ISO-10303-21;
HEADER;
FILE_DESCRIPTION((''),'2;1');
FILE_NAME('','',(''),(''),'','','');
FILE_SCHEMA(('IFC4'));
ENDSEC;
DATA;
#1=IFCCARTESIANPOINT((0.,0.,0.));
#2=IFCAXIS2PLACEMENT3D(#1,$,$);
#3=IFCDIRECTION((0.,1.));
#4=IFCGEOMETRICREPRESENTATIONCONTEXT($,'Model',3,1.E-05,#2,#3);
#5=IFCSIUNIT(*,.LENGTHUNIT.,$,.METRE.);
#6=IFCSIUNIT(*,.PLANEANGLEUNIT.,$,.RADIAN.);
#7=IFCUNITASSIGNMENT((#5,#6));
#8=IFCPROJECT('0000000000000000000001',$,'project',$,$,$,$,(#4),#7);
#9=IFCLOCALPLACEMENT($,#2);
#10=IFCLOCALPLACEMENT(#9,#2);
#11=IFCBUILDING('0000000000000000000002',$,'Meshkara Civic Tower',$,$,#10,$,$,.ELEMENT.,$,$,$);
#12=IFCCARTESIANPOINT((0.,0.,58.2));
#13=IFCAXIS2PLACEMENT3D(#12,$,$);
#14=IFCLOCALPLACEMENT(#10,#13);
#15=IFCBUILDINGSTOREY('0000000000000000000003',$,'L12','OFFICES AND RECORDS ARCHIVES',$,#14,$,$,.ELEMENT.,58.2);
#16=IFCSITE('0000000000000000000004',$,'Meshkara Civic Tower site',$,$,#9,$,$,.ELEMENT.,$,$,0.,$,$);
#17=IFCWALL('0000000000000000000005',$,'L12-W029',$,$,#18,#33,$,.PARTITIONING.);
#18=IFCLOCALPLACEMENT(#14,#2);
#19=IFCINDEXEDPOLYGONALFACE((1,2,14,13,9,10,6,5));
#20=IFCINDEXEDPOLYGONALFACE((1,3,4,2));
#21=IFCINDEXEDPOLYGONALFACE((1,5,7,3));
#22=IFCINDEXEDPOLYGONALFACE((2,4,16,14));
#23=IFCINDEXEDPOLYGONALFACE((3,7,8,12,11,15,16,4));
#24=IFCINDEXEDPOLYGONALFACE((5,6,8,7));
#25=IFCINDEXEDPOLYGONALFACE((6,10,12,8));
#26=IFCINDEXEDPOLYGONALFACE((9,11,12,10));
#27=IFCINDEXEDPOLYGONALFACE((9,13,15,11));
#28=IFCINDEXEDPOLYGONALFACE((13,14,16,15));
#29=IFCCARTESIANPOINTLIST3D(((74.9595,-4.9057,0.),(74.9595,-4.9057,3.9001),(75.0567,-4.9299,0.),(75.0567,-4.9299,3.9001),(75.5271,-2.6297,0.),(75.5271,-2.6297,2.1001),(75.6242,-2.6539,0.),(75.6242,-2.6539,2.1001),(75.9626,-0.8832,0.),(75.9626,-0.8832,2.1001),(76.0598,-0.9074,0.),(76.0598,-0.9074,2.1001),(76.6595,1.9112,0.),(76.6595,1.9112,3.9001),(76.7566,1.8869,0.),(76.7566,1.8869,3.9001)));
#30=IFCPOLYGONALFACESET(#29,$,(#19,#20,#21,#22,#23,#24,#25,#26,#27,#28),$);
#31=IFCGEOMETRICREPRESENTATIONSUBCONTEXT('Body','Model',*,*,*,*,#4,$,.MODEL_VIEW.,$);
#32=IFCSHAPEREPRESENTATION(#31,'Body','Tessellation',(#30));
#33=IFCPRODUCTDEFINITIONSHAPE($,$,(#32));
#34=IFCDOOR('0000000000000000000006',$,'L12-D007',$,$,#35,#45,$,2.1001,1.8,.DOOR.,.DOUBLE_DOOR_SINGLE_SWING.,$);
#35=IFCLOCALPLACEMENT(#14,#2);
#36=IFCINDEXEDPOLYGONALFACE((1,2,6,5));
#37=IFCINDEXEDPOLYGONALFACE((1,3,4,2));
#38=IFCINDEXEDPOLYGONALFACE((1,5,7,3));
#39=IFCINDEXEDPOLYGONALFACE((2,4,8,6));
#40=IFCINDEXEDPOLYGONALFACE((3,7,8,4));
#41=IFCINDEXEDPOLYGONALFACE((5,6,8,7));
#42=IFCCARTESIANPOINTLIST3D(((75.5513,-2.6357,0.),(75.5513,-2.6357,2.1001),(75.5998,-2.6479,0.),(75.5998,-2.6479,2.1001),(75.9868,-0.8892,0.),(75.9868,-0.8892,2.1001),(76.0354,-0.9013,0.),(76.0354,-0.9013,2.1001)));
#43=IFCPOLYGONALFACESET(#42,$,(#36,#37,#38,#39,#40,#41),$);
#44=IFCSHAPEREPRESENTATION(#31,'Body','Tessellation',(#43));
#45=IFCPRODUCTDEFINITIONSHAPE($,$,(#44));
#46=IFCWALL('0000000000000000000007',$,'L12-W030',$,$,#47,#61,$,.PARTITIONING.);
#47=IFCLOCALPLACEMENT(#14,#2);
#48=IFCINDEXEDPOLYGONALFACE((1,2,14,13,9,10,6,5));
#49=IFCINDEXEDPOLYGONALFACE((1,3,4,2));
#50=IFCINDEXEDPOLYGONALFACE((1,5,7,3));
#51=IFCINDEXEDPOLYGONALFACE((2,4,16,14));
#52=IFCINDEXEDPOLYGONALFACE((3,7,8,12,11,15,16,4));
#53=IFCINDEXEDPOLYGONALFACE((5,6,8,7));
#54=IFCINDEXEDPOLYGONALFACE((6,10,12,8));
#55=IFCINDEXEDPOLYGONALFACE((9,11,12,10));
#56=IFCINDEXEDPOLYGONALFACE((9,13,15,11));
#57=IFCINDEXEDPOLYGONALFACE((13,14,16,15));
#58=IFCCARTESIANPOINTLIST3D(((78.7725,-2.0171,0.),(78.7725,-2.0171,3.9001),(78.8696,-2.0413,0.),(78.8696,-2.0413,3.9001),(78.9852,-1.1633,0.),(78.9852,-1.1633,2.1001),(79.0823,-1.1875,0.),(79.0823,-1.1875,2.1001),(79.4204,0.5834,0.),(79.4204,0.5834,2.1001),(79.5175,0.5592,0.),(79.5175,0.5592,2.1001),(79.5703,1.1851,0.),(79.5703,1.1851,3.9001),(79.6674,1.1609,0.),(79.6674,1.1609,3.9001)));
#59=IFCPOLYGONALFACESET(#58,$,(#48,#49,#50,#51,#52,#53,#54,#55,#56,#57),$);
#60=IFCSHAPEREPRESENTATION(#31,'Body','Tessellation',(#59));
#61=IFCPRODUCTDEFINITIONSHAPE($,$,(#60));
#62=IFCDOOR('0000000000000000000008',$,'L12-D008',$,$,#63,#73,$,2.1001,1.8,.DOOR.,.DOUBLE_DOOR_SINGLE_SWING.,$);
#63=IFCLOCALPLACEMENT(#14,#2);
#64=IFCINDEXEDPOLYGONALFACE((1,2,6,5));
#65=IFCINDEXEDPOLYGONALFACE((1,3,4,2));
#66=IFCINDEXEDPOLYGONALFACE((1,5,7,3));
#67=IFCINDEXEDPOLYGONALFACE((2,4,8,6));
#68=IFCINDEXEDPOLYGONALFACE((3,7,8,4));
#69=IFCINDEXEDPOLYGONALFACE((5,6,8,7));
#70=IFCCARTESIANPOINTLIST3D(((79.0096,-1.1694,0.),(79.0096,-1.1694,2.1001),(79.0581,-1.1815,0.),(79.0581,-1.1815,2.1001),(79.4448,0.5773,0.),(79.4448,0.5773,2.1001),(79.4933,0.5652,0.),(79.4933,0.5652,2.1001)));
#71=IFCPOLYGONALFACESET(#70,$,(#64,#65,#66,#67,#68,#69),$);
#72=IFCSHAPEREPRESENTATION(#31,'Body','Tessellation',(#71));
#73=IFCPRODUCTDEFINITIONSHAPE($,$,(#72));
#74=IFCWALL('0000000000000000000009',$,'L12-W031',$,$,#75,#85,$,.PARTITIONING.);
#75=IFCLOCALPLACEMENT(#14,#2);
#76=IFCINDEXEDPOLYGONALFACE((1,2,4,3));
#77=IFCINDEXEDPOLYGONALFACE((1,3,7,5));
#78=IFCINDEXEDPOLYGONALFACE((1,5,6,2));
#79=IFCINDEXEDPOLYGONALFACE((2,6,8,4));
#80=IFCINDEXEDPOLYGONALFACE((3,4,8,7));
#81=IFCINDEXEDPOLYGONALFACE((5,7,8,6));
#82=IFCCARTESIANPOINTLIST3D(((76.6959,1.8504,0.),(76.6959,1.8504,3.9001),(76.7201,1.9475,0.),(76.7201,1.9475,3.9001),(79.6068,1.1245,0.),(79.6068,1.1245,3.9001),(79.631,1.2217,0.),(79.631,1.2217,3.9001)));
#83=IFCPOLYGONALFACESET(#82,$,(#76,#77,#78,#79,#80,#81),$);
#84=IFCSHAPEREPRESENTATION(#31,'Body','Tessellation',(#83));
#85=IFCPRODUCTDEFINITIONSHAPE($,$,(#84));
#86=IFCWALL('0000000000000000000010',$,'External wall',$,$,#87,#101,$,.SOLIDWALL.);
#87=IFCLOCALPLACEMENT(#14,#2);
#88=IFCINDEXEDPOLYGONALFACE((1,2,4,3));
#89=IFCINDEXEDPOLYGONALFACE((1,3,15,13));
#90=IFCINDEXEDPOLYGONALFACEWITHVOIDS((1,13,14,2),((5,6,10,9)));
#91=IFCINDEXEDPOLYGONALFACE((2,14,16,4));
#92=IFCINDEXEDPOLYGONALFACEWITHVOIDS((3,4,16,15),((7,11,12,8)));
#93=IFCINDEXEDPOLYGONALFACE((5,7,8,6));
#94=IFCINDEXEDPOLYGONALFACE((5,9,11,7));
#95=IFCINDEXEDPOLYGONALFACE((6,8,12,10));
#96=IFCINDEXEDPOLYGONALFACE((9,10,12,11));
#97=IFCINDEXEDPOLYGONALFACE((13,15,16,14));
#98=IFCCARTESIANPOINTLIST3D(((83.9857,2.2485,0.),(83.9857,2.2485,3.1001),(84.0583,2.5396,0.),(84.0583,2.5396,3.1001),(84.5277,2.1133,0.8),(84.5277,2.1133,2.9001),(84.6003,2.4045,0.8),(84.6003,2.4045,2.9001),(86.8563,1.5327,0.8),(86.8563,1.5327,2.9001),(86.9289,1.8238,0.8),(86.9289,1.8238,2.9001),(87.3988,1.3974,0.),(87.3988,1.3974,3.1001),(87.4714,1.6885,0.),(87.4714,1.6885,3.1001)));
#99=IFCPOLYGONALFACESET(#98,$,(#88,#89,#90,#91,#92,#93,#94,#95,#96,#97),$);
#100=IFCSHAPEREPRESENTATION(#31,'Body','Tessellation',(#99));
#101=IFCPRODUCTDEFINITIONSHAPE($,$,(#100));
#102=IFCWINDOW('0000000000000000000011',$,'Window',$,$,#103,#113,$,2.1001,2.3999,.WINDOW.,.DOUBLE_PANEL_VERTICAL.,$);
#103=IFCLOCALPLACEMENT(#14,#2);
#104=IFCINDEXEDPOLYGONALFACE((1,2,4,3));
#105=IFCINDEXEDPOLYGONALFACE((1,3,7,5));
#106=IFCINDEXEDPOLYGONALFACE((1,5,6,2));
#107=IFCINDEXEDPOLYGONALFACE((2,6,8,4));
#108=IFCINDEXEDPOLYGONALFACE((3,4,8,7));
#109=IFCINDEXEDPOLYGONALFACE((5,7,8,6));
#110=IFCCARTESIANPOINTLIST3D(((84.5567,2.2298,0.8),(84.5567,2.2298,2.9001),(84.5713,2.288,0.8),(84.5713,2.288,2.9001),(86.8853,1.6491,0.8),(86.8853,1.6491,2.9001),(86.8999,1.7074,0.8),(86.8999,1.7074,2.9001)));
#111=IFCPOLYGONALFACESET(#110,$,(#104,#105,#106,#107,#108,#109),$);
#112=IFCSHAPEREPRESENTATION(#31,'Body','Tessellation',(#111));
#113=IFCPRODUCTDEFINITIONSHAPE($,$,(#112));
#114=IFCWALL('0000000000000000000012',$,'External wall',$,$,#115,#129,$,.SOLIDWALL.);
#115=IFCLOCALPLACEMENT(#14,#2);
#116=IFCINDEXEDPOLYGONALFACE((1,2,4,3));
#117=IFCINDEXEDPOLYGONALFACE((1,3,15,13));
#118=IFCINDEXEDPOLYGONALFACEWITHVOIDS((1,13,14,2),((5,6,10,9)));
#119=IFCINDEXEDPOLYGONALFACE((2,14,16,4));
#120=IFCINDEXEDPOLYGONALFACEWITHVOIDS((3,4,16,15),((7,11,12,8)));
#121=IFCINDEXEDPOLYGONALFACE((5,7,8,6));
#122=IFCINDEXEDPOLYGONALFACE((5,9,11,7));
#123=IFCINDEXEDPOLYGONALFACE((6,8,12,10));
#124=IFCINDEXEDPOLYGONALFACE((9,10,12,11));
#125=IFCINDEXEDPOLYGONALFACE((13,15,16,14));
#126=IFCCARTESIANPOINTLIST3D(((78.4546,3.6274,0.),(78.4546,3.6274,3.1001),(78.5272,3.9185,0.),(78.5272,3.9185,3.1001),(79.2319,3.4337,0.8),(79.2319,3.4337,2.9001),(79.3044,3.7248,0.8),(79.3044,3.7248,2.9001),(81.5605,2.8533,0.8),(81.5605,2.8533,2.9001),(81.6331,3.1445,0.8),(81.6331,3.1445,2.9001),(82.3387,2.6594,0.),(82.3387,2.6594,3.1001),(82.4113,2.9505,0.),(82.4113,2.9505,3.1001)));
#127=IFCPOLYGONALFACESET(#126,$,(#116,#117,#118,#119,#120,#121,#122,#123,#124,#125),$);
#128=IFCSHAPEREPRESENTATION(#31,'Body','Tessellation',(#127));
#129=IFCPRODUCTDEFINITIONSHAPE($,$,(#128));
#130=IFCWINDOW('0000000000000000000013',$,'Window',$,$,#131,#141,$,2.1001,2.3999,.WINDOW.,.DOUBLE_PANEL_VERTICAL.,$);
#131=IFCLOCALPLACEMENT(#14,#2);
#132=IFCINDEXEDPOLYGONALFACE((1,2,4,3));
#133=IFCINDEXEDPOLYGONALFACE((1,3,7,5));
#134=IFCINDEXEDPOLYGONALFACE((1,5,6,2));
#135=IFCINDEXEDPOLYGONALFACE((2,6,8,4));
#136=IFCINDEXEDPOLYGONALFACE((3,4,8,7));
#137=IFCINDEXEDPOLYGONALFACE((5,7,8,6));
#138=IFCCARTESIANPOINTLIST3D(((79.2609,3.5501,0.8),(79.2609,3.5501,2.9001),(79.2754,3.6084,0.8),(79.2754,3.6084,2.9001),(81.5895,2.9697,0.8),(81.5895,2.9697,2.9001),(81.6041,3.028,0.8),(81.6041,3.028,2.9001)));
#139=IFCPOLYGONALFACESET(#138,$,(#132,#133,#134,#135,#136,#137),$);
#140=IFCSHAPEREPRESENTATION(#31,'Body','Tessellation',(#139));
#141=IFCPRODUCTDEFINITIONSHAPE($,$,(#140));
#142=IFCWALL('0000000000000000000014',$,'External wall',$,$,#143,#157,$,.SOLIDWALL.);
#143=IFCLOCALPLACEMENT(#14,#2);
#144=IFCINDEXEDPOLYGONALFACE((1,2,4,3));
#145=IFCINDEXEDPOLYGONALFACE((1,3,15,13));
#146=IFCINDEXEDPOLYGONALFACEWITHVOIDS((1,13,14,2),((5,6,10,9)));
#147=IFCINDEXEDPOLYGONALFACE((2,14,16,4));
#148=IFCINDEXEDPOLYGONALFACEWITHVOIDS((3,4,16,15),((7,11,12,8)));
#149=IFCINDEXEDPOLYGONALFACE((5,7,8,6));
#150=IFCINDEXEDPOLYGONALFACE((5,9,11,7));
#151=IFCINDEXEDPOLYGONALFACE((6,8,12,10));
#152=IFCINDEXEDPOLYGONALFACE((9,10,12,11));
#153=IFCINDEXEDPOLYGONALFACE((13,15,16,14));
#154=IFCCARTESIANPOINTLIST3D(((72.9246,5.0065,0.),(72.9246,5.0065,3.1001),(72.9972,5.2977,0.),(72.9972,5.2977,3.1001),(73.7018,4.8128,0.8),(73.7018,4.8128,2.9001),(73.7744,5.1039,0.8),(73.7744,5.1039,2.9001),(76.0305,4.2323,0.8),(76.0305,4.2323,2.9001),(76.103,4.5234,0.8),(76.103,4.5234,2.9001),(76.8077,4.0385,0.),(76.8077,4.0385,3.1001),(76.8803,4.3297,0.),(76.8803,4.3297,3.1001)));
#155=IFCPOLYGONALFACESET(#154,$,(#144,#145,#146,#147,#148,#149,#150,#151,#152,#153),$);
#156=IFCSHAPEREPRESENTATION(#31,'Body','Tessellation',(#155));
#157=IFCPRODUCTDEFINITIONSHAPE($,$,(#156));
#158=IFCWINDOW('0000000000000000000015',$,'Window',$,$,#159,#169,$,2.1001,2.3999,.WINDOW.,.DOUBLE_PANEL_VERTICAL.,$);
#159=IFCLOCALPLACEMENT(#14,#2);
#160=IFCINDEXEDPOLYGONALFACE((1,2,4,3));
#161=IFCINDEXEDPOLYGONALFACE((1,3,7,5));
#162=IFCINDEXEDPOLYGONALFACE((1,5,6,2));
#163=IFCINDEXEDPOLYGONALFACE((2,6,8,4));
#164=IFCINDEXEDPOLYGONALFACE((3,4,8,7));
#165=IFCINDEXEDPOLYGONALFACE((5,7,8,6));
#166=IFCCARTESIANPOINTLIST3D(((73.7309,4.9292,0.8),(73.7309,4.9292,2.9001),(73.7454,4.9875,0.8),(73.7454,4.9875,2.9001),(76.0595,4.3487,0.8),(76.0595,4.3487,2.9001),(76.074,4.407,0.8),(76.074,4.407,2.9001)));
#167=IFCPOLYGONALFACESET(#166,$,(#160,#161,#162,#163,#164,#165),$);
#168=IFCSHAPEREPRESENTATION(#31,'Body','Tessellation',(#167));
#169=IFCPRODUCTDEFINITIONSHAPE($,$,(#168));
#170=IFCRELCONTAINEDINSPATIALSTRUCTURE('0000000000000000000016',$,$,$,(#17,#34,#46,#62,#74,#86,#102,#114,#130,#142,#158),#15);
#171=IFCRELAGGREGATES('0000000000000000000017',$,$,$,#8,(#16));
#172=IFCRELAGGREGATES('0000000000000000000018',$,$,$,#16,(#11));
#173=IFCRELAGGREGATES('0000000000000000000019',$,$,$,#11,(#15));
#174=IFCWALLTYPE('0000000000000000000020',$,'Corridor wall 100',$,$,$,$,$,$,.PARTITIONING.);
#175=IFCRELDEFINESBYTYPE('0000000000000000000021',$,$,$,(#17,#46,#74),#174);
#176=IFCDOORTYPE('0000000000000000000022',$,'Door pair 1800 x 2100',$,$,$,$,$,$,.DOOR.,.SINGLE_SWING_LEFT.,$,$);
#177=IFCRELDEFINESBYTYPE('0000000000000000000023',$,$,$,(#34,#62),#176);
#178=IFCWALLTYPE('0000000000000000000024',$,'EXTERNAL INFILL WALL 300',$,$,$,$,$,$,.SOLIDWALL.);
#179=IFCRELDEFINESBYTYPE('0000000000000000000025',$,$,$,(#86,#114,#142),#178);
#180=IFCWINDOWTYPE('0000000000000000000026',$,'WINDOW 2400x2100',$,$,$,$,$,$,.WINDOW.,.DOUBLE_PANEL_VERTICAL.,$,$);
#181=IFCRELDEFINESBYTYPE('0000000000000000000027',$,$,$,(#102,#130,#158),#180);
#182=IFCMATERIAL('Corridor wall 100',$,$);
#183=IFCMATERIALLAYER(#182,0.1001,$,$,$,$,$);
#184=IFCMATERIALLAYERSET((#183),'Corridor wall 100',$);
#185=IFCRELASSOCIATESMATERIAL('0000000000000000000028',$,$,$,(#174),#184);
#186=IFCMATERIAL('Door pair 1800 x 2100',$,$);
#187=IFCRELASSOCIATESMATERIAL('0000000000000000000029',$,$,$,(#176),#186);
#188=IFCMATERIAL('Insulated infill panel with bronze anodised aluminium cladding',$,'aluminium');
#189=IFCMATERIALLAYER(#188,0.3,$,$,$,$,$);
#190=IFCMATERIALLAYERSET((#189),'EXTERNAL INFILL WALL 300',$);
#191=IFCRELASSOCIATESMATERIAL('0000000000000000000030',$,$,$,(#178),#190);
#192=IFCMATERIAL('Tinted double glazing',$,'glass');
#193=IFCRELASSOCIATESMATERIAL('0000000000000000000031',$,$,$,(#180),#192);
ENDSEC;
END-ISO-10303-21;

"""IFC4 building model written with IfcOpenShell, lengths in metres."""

from ifc_helpers import new_model, si_unit, direction, frame, frame_2d, origin, place, context, subcontext, project, spatial, rectangle, extrude, material, layer, layer_set, type_object, element, fill, save


model = new_model("IFC4")

# Units and contexts
model_context = context("Model", 3, precision=1e-05, world=origin(), true_north=direction((0.0, 1.0)))
body_context = subcontext(model_context, "Body", "Model", "MODEL_VIEW")
ifc_project = project(units=[si_unit("LENGTHUNIT", "METRE"), si_unit("PLANEANGLEUNIT", "RADIAN")], contexts=[model_context])

# Site, building, storey
site_placement = place(None, origin())
site = spatial("IfcSite", under=ifc_project, at=site_placement, Name="Meshkara Civic Tower site", CompositionType="ELEMENT", RefElevation=0.0)
building_placement = place(site_placement, origin())
building = spatial("IfcBuilding", under=site, at=building_placement, Name="Meshkara Civic Tower", CompositionType="ELEMENT")
storey_placement = place(building_placement, frame((0.0, 0.0, 58.2)))
storey = spatial("IfcBuildingStorey", under=building, at=storey_placement, Name="L12", Description="OFFICES AND RECORDS ARCHIVES", CompositionType="ELEMENT", Elevation=58.2)

# Shared definitions
ifc_material_1 = material(Name="Corridor wall 100")
ifc_layer_1 = layer(ifc_material_1, 0.1001)
ifc_layer_set_1 = layer_set([ifc_layer_1], Name="Corridor wall 100")
wall_type_1 = type_object("IfcWallType", Name="Corridor wall 100", PredefinedType="PARTITIONING", material=ifc_layer_set_1)

# Walls, openings, doors
wall_1_placement = place(storey_placement, frame((76.708, 1.8989, 0.0), z_axis=(0.0, 0.0, 1.0), x_axis=(-0.241963, -0.970285, 0.0)))
wall_1 = element("IfcWall", 1, at=wall_1_placement, inside=storey, type_object=wall_type_1, Name="L12-W029", PredefinedType="PARTITIONING", context=body_context, shape_type="SweptSolid", body=[
    extrude(rectangle(XDim=7.0256, YDim=0.1001, at=frame_2d((3.5127, 0.0))), origin(), (0.0, 0.0, 1.0), 3.9001),
])
opening_1_placement = place(wall_1_placement, frame((2.8799, 0.0, 0.0)))
opening_1 = element("IfcOpeningElement", 2, at=opening_1_placement, cuts=wall_1, PredefinedType="OPENING", context=body_context, shape_type="SweptSolid", body=[
    extrude(rectangle(XDim=1.8, YDim=2.1001, at=frame_2d((0.8999, 1.05))), frame((0.0, 0.0601, 0.0), z_axis=(0.0, -1.0, 0.0), x_axis=(1.0, 0.0, 0.0)), (0.0, 0.0, 1.0), 0.1201),
])
ifc_material_2 = material(Name="Door pair 1800 x 2100")
door_type = type_object("IfcDoorType", Name="Door pair 1800 x 2100", OperationType="SINGLE_SWING_LEFT", PredefinedType="DOOR", material=ifc_material_2)
door_1_placement = place(opening_1_placement, origin())
door_1 = element("IfcDoor", 3, at=door_1_placement, inside=storey, type_object=door_type, Name="L12-D007", OperationType="DOUBLE_DOOR_SINGLE_SWING", OverallHeight=2.1001, OverallWidth=1.8, PredefinedType="DOOR", context=body_context, shape_type="SweptSolid", body=[
    extrude(rectangle(XDim=1.8, YDim=2.1001, at=frame_2d((0.8999, 1.05))), frame((0.0, 0.0249, 0.0), z_axis=(0.0, -1.0, 0.0), x_axis=(1.0, 0.0, 0.0)), (0.0, 0.0, 1.0), 0.05),
])
fill(opening_1, door_1)
wall_2_placement = place(storey_placement, frame((78.821, -2.0291, 0.0), z_axis=(0.0, 0.0, 1.0), x_axis=(0.24177, 0.970334, 0.0)))
wall_2 = element("IfcWall", 4, at=wall_2_placement, inside=storey, type_object=wall_type_1, Name="L12-W030", PredefinedType="PARTITIONING", context=body_context, shape_type="SweptSolid", body=[
    extrude(rectangle(XDim=3.3, YDim=0.1001, at=frame_2d((1.6499, 0.0))), origin(), (0.0, 0.0, 1.0), 3.9001),
])
opening_2_placement = place(wall_2_placement, frame((0.8799, 0.0, 0.0)))
opening_2 = element("IfcOpeningElement", 5, at=opening_2_placement, cuts=wall_2, PredefinedType="OPENING", context=body_context, shape_type="SweptSolid", body=[
    extrude(rectangle(XDim=1.8, YDim=2.1001, at=frame_2d((0.8999, 1.05))), frame((0.0, 0.0601, 0.0), z_axis=(0.0, -1.0, 0.0), x_axis=(1.0, 0.0, 0.0)), (0.0, 0.0, 1.0), 0.1201),
])
door_2_placement = place(opening_2_placement, origin())
door_2 = element("IfcDoor", 6, at=door_2_placement, inside=storey, type_object=door_type, Name="L12-D008", OperationType="DOUBLE_DOOR_SINGLE_SWING", OverallHeight=2.1001, OverallWidth=1.8, PredefinedType="DOOR", context=body_context, shape_type="SweptSolid", body=[
    extrude(rectangle(XDim=1.8, YDim=2.1001, at=frame_2d((0.8999, 1.05))), frame((0.0, 0.0249, 0.0), z_axis=(0.0, -1.0, 0.0), x_axis=(1.0, 0.0, 0.0)), (0.0, 0.0, 1.0), 0.05),
])
fill(opening_2, door_2)

# Wall
wall_3_placement = place(storey_placement, frame((79.6189, 1.1731, 0.0), z_axis=(0.0, 0.0, 1.0), x_axis=(-0.970291, 0.241942, 0.0)))
element("IfcWall", 7, at=wall_3_placement, inside=storey, type_object=wall_type_1, Name="L12-W031", PredefinedType="PARTITIONING", context=body_context, shape_type="SweptSolid", body=[
    extrude(rectangle(XDim=3.0, YDim=0.1001, at=frame_2d((1.5, 0.0))), origin(), (0.0, 0.0, 1.0), 3.9001),
])

# Walls, openings, windows
ifc_material_3 = material(Name="Insulated infill panel with bronze anodised aluminium cladding", Category="aluminium")
ifc_layer_2 = layer(ifc_material_3, 0.3)
ifc_layer_set_2 = layer_set([ifc_layer_2], Name="EXTERNAL INFILL WALL 300")
wall_type_2 = type_object("IfcWallType", Name="EXTERNAL INFILL WALL 300", PredefinedType="SOLIDWALL", material=ifc_layer_set_2)
wall_4_placement = place(storey_placement, frame((87.4351, 1.543, 0.0), z_axis=(0.0, 0.0, 1.0), x_axis=(-0.970289, 0.241948, 0.0)))
wall_4 = element("IfcWall", 8, at=wall_4_placement, inside=storey, type_object=wall_type_2, Name="External wall", PredefinedType="SOLIDWALL", context=body_context, shape_type="SweptSolid", body=[
    extrude(rectangle(XDim=3.5176, YDim=0.3, at=frame_2d((1.7588, 0.0))), origin(), (0.0, 0.0, 1.0), 3.1001),
])
opening_3_placement = place(wall_4_placement, frame((0.5591, 0.0, 0.8)))
opening_3 = element("IfcOpeningElement", 9, at=opening_3_placement, cuts=wall_4, PredefinedType="OPENING", context=body_context, shape_type="SweptSolid", body=[
    extrude(rectangle(XDim=2.3999, YDim=2.1001, at=frame_2d((1.2, 1.05))), frame((0.0, 0.1599, 0.0), z_axis=(0.0, -1.0, 0.0), x_axis=(1.0, 0.0, 0.0)), (0.0, 0.0, 1.0), 0.3201),
])
ifc_material_4 = material(Name="Tinted double glazing", Category="glass")
window_type_1 = type_object("IfcWindowType", Name="WINDOW 2400x2100", PartitioningType="DOUBLE_PANEL_VERTICAL", PredefinedType="WINDOW", material=ifc_material_4)
window_1_placement = place(opening_3_placement, origin())
window_1 = element("IfcWindow", 10, at=window_1_placement, inside=storey, type_object=window_type_1, Name="Window", OverallHeight=2.1001, OverallWidth=2.3999, PartitioningType="DOUBLE_PANEL_VERTICAL", PredefinedType="WINDOW", context=body_context, shape_type="SweptSolid", body=[
    extrude(rectangle(XDim=2.3999, YDim=2.1001, at=frame_2d((1.2, 1.05))), frame((0.0, 0.03, 0.0), z_axis=(0.0, -1.0, 0.0), x_axis=(1.0, 0.0, 0.0)), (0.0, 0.0, 1.0), 0.0601),
])
fill(opening_3, window_1)
wall_5_placement = place(storey_placement, frame((82.375, 2.8049, 0.0), z_axis=(0.0, 0.0, 1.0), x_axis=(-0.970318, 0.241832, 0.0)))
wall_5 = element("IfcWall", 11, at=wall_5_placement, inside=storey, type_object=wall_type_2, Name="External wall", PredefinedType="SOLIDWALL", context=body_context, shape_type="SweptSolid", body=[
    extrude(rectangle(XDim=4.0029, YDim=0.3, at=frame_2d((2.0015, 0.0))), origin(), (0.0, 0.0, 1.0), 3.1001),
])
opening_4_placement = place(wall_5_placement, frame((0.802, 0.0, 0.8)))
opening_4 = element("IfcOpeningElement", 12, at=opening_4_placement, cuts=wall_5, PredefinedType="OPENING", context=body_context, shape_type="SweptSolid", body=[
    extrude(rectangle(XDim=2.3999, YDim=2.1001, at=frame_2d((1.2, 1.05))), frame((0.0, 0.1599, 0.0), z_axis=(0.0, -1.0, 0.0), x_axis=(1.0, 0.0, 0.0)), (0.0, 0.0, 1.0), 0.3201),
])
window_2_placement = place(opening_4_placement, origin())
window_2 = element("IfcWindow", 13, at=window_2_placement, inside=storey, type_object=window_type_1, Name="Window", OverallHeight=2.1001, OverallWidth=2.3999, PartitioningType="DOUBLE_PANEL_VERTICAL", PredefinedType="WINDOW", context=body_context, shape_type="SweptSolid", body=[
    extrude(rectangle(XDim=2.3999, YDim=2.1001, at=frame_2d((1.2, 1.05))), frame((0.0, 0.03, 0.0), z_axis=(0.0, -1.0, 0.0), x_axis=(1.0, 0.0, 0.0)), (0.0, 0.0, 1.0), 0.0601),
])
fill(opening_4, window_2)
wall_6_placement = place(storey_placement, frame((76.844, 4.1841, 0.0), z_axis=(0.0, 0.0, 1.0), x_axis=(-0.970304, 0.24189, 0.0)))
wall_6 = element("IfcWall", 14, at=wall_6_placement, inside=storey, type_object=wall_type_2, Name="External wall", PredefinedType="SOLIDWALL", context=body_context, shape_type="SweptSolid", body=[
    extrude(rectangle(XDim=4.002, YDim=0.3, at=frame_2d((2.001, 0.0))), origin(), (0.0, 0.0, 1.0), 3.1001),
])
opening_5_placement = place(wall_6_placement, frame((0.801, 0.0, 0.8)))
opening_5 = element("IfcOpeningElement", 15, at=opening_5_placement, cuts=wall_6, PredefinedType="OPENING", context=body_context, shape_type="SweptSolid", body=[
    extrude(rectangle(XDim=2.3999, YDim=2.1001, at=frame_2d((1.2, 1.05))), frame((0.0, 0.1599, 0.0), z_axis=(0.0, -1.0, 0.0), x_axis=(1.0, 0.0, 0.0)), (0.0, 0.0, 1.0), 0.3201),
])
window_3_placement = place(opening_5_placement, origin())
window_3 = element("IfcWindow", 16, at=window_3_placement, inside=storey, type_object=window_type_1, Name="Window", OverallHeight=2.1001, OverallWidth=2.3999, PartitioningType="DOUBLE_PANEL_VERTICAL", PredefinedType="WINDOW", context=body_context, shape_type="SweptSolid", body=[
    extrude(rectangle(XDim=2.3999, YDim=2.1001, at=frame_2d((1.2, 1.05))), frame((0.0, 0.03, 0.0), z_axis=(0.0, -1.0, 0.0), x_axis=(1.0, 0.0, 0.0)), (0.0, 0.0, 1.0), 0.0601),
])
fill(opening_5, window_3)

save(model, "model.ifc")
